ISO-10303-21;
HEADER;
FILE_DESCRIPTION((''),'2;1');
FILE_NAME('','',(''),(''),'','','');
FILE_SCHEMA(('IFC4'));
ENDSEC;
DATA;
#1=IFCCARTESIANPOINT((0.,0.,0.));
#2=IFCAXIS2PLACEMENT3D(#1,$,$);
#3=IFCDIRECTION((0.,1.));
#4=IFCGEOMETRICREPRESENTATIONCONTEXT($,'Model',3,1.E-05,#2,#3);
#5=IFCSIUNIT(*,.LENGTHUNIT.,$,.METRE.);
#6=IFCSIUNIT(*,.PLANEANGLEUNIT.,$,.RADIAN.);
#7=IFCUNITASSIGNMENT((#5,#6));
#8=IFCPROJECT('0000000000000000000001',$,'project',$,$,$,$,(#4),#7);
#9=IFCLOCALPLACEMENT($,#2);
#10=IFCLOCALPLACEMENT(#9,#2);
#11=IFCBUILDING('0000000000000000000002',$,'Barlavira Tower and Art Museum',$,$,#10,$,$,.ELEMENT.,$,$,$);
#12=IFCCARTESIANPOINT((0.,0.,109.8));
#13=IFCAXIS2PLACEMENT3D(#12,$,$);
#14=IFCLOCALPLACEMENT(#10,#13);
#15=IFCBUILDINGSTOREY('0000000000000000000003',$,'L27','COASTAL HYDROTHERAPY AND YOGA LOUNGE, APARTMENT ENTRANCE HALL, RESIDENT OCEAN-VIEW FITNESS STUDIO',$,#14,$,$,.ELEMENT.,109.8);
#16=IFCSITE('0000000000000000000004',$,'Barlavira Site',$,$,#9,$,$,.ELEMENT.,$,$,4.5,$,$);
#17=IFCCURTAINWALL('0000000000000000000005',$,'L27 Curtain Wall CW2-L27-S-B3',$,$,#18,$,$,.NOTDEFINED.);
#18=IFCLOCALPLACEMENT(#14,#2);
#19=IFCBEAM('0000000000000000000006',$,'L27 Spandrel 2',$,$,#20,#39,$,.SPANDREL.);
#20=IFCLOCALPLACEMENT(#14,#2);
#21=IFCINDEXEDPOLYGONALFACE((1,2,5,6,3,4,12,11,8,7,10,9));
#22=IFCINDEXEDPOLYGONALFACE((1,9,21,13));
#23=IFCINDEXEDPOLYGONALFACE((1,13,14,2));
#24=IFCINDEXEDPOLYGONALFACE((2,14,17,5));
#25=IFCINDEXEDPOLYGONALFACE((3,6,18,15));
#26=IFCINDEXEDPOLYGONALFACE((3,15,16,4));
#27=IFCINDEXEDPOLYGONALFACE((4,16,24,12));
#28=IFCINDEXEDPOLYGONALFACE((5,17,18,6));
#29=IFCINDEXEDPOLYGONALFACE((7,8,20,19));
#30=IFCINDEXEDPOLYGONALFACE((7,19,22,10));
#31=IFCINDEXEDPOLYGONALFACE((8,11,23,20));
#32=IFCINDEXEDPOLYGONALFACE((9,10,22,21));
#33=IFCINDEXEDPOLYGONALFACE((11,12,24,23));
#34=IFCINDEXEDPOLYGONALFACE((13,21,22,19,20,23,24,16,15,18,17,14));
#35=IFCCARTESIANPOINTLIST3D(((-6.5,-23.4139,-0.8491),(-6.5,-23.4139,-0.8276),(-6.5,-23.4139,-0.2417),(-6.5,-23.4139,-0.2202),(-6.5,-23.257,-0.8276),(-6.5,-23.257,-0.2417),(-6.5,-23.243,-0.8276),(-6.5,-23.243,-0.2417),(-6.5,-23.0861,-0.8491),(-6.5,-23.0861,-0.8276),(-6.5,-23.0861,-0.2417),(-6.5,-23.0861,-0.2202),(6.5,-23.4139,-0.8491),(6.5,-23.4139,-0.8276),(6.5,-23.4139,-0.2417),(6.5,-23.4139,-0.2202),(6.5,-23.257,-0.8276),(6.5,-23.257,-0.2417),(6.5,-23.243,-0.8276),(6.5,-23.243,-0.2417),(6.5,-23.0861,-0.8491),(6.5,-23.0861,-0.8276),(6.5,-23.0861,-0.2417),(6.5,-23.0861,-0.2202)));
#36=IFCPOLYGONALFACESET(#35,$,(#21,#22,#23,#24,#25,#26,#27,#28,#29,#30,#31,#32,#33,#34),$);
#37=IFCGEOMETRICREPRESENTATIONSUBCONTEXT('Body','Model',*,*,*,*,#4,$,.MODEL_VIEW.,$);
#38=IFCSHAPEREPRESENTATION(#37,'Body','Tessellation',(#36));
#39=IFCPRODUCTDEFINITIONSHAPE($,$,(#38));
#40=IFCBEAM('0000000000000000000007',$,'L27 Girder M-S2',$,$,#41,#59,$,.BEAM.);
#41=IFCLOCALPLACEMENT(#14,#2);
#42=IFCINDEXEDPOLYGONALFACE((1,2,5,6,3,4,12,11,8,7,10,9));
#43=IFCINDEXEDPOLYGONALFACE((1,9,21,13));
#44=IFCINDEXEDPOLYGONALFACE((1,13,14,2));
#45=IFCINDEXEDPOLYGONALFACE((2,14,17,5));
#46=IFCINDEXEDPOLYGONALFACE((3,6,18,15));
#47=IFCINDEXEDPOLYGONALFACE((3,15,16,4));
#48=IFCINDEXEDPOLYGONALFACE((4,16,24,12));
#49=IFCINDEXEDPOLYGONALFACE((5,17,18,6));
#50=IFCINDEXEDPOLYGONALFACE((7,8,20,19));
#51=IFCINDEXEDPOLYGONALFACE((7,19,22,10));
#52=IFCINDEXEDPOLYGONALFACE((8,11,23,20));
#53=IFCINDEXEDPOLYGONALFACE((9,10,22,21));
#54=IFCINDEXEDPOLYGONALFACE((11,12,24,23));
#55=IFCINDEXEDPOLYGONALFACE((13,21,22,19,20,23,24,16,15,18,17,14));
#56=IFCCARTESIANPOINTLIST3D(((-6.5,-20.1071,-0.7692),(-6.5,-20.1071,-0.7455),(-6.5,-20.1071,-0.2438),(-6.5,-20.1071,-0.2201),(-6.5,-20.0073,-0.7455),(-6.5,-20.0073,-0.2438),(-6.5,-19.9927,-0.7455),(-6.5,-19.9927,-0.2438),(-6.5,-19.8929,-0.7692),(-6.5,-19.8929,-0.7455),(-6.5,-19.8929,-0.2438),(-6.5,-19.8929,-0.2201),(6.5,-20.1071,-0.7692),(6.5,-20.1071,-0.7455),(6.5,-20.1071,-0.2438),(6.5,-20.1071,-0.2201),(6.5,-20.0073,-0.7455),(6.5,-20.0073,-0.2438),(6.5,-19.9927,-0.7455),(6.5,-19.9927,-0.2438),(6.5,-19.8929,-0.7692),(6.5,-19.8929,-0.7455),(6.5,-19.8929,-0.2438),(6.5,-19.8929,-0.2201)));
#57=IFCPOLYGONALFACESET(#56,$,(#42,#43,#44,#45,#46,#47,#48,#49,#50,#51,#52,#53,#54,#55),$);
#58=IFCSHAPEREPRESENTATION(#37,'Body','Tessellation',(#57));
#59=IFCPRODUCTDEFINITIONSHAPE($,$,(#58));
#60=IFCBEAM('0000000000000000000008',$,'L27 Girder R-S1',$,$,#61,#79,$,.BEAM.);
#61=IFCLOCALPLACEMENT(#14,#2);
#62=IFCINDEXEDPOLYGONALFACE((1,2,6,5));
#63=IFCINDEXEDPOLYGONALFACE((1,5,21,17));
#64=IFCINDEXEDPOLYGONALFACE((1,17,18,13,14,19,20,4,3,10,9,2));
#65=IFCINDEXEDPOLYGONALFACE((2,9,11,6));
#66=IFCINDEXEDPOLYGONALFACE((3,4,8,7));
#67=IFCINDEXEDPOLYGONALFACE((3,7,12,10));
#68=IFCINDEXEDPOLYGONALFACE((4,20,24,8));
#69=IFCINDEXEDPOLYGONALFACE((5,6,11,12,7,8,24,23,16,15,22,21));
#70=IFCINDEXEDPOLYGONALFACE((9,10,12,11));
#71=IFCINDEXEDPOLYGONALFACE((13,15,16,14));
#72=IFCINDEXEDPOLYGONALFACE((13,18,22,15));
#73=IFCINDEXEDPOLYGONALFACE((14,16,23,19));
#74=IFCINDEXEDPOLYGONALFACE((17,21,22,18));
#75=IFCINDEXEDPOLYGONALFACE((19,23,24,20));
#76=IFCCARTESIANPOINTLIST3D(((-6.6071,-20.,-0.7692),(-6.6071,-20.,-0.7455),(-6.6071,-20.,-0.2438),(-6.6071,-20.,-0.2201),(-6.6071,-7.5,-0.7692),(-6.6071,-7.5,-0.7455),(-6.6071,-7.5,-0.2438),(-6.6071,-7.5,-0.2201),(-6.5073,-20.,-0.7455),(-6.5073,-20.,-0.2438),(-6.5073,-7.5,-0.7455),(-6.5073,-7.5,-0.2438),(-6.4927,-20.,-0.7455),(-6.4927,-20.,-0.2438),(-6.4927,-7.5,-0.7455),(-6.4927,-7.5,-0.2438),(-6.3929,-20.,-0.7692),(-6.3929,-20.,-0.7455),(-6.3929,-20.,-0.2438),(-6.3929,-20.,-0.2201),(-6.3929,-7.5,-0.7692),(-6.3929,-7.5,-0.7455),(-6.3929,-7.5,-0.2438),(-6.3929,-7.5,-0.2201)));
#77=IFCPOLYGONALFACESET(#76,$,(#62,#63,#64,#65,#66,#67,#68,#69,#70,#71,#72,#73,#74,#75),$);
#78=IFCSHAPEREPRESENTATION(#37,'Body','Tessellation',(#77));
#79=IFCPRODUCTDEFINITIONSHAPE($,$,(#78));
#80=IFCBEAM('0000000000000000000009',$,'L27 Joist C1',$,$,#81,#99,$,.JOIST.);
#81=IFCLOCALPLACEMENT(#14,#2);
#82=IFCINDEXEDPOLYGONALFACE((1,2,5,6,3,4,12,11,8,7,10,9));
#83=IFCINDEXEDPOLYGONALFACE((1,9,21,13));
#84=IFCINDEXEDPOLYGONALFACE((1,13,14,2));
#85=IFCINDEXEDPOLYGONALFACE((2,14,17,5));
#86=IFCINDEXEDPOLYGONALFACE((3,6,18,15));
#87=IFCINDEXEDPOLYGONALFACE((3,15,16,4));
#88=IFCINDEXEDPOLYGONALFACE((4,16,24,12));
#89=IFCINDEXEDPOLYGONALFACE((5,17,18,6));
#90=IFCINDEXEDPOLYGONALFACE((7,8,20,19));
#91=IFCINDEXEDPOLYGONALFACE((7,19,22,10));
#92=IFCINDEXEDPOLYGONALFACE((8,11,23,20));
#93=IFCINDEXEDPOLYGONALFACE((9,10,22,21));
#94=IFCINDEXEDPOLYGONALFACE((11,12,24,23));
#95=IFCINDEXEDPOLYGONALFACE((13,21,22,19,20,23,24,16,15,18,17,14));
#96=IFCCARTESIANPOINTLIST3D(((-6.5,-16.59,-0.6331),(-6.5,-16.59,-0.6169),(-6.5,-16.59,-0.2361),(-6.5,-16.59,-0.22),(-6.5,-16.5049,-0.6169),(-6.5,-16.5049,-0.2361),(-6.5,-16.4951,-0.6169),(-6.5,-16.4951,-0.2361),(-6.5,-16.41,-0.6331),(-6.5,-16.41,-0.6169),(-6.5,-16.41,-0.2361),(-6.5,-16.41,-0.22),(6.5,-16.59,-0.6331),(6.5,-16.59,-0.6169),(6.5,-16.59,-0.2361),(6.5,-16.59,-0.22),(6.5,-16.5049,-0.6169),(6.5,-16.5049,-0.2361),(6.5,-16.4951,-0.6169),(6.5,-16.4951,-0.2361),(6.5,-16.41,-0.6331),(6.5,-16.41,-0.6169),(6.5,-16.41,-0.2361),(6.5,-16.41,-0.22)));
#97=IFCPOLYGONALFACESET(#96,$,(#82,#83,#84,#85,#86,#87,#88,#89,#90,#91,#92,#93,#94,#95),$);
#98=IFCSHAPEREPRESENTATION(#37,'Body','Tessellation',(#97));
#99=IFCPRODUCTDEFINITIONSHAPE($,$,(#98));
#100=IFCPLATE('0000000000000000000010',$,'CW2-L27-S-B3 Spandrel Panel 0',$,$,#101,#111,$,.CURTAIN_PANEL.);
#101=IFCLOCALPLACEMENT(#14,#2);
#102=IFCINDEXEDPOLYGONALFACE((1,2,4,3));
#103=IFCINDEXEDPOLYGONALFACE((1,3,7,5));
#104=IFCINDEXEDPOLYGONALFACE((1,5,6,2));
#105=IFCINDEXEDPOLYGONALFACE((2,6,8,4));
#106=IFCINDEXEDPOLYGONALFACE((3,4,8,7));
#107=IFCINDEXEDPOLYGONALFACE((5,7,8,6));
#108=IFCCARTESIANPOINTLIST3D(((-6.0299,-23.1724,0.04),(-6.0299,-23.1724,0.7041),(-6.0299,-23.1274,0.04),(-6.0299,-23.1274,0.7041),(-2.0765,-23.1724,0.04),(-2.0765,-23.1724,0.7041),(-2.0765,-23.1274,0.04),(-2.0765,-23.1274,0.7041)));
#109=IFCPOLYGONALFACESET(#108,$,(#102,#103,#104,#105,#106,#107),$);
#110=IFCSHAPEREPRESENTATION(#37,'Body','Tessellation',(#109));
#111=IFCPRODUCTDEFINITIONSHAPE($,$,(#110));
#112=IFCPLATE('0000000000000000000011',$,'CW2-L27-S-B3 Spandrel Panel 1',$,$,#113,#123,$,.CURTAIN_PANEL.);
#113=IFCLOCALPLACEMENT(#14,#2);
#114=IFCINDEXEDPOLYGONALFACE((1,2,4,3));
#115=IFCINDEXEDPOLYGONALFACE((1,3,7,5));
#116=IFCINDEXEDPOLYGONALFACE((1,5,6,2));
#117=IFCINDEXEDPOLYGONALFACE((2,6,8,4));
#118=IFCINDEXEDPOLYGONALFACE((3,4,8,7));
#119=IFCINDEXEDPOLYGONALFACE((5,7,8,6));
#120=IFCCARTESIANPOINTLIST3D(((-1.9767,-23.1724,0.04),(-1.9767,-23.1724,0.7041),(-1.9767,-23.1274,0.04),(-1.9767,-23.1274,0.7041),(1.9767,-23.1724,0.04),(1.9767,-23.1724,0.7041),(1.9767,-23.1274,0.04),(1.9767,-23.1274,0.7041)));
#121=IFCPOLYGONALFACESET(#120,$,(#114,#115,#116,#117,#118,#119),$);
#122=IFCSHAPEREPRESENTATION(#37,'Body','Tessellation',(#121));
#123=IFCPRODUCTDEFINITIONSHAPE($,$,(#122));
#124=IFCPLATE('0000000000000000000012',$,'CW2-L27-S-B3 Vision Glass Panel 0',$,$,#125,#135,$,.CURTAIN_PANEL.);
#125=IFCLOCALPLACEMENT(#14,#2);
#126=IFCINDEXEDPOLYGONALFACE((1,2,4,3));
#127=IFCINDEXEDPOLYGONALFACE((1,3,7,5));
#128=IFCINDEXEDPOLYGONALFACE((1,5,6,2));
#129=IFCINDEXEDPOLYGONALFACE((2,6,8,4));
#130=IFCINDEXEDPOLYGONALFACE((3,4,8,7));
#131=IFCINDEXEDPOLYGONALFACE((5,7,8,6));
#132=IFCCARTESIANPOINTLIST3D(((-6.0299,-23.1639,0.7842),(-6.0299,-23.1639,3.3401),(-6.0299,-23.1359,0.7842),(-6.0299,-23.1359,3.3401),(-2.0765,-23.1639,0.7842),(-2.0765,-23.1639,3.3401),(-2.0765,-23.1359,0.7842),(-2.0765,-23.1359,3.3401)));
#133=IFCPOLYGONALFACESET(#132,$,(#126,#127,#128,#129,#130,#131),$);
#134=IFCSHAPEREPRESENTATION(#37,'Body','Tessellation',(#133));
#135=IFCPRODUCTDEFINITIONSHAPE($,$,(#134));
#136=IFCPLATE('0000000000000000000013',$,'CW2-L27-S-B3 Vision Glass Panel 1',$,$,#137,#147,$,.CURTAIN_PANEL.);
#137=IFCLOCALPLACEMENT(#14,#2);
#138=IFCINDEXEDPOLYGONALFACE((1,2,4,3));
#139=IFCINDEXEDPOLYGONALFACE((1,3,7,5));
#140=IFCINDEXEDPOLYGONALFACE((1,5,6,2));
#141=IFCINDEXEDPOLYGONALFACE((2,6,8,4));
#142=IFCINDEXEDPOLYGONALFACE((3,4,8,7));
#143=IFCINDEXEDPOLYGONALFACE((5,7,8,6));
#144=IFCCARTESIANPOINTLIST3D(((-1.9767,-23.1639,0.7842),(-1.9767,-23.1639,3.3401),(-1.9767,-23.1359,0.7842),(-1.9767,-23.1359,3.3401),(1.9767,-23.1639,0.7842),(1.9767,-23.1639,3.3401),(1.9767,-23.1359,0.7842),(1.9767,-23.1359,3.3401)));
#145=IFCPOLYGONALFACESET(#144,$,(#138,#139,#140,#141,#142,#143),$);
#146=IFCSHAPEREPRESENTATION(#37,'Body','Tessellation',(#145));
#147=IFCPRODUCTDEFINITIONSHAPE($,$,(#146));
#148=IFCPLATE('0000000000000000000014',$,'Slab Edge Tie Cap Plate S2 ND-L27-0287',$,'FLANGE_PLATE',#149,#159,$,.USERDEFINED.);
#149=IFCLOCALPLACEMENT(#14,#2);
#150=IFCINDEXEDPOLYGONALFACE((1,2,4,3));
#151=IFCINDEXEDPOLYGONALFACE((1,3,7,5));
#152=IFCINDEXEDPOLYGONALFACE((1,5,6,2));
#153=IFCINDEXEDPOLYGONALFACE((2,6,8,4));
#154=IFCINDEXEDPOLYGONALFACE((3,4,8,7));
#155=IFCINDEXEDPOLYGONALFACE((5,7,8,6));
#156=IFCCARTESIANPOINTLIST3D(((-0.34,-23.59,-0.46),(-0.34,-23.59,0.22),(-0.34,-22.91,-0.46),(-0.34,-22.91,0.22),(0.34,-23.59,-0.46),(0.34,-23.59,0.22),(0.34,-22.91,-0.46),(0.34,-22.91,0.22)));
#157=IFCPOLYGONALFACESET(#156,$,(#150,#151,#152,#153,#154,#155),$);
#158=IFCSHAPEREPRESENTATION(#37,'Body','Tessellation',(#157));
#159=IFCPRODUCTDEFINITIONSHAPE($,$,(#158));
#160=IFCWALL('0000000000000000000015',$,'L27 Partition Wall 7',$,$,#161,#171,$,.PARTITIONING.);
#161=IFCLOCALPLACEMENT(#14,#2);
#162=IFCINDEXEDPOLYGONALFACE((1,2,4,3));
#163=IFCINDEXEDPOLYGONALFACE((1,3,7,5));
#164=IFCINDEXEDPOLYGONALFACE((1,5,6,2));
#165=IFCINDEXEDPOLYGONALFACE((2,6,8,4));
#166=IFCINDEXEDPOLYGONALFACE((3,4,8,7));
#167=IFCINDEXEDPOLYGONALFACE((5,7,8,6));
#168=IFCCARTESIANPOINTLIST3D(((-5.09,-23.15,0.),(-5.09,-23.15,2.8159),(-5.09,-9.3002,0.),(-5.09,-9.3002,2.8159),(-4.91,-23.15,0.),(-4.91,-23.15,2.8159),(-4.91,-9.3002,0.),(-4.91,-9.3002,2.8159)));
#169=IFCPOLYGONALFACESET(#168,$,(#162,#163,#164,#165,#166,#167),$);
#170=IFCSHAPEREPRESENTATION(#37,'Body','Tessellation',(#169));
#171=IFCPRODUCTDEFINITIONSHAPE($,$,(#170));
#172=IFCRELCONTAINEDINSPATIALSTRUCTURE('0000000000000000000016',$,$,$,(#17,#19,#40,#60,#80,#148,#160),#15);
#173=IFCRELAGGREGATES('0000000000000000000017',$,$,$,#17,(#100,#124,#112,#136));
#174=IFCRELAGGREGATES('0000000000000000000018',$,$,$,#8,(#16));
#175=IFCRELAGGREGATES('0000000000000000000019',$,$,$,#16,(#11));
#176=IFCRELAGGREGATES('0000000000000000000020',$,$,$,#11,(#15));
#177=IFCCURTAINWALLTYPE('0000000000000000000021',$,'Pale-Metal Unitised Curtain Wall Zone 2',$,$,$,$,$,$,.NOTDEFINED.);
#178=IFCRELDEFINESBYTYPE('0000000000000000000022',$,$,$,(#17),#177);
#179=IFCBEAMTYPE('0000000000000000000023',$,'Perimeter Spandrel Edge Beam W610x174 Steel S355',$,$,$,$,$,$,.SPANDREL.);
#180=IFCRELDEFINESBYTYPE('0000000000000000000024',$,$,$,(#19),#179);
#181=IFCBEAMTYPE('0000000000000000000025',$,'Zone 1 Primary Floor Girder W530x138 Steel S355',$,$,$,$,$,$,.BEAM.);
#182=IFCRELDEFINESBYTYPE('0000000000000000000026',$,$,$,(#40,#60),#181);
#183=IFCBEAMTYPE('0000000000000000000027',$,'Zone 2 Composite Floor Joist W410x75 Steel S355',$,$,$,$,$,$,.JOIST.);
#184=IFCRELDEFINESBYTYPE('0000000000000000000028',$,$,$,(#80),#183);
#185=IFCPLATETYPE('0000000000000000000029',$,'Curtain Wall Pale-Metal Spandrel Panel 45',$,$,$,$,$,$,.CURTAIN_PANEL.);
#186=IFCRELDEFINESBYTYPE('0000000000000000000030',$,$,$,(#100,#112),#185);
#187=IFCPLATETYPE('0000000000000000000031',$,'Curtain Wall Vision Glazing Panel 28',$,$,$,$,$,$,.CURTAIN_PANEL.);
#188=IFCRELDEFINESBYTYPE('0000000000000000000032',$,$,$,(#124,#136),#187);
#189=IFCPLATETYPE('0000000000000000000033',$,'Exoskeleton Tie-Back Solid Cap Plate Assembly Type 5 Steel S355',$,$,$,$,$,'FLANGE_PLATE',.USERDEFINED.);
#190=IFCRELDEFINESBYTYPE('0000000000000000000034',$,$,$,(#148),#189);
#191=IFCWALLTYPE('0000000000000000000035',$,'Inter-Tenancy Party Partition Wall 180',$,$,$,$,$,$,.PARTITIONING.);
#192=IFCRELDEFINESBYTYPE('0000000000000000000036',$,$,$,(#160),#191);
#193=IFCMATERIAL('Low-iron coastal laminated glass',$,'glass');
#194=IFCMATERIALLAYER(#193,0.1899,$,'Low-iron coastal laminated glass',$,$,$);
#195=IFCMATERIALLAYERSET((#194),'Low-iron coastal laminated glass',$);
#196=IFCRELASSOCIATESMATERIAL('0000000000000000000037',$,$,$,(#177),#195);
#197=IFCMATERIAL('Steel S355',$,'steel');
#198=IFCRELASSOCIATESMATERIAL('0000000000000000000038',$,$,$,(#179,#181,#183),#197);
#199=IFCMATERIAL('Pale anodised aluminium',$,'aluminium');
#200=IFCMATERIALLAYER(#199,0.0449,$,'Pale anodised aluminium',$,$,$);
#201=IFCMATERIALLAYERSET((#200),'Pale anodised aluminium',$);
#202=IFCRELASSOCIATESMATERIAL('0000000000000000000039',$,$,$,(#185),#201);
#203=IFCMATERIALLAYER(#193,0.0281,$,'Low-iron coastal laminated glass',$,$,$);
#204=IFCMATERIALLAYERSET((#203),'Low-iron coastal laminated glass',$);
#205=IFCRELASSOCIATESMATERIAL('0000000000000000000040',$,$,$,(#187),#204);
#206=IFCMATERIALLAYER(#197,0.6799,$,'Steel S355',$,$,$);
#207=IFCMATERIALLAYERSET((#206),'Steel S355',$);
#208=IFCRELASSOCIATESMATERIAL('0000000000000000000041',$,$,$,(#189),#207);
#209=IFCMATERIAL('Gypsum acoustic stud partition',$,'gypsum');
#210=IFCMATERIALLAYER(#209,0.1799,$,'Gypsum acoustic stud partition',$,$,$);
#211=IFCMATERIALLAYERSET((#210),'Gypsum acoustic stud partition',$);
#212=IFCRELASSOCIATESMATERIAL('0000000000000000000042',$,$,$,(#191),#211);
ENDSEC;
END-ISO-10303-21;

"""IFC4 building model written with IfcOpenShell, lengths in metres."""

from ifc_helpers import new_model, si_unit, direction, frame, frame_2d, origin, origin_2d, place, context, subcontext, project, spatial, rectangle, i_section, extrude, material, layer, layer_set, material_profile, profile_set, type_object, element, aggregate, save


model = new_model("IFC4")

# Units and contexts
model_context = context("Model", 3, precision=1e-05, world=origin(), true_north=direction((0.0, 1.0)))
body_context = subcontext(model_context, "Body", "Model", "MODEL_VIEW")
ifc_project = project(units=[si_unit("LENGTHUNIT", "METRE"), si_unit("PLANEANGLEUNIT", "RADIAN")], contexts=[model_context])

# Site, building, storey
site_placement = place(None, origin())
site = spatial("IfcSite", under=ifc_project, at=site_placement, Name="Barlavira Site", CompositionType="ELEMENT", RefElevation=4.5)
building_placement = place(site_placement, origin())
building = spatial("IfcBuilding", under=site, at=building_placement, Name="Barlavira Tower and Art Museum", CompositionType="ELEMENT")
storey_placement = place(building_placement, frame((0.0, 0.0, 109.8)))
storey = spatial("IfcBuildingStorey", under=building, at=storey_placement, Name="L27", Description="COASTAL HYDROTHERAPY AND YOGA LOUNGE, APARTMENT ENTRANCE HALL, RESIDENT OCEAN-VIEW FITNESS STUDIO", CompositionType="ELEMENT", Elevation=109.8)

# Curtain wall
ifc_material_1 = material(Name="Low-iron coastal laminated glass", Category="glass")
ifc_layer_1 = layer(ifc_material_1, 0.1899, Name="Low-iron coastal laminated glass")
ifc_layer_set_1 = layer_set([ifc_layer_1], Name="Low-iron coastal laminated glass")
curtain_wall_type = type_object("IfcCurtainWallType", Name="Pale-Metal Unitised Curtain Wall Zone 2", PredefinedType="NOTDEFINED", material=ifc_layer_set_1)
curtain_wall_placement = place(storey_placement, origin())
curtain_wall = element("IfcCurtainWall", 1, at=curtain_wall_placement, inside=storey, type_object=curtain_wall_type, Name="L27 Curtain Wall CW2-L27-S-B3", PredefinedType="NOTDEFINED")
ifc_material_2 = material(Name="Pale anodised aluminium", Category="aluminium")

# Shared definitions
ifc_material_3 = material(Name="Steel S355", Category="steel")

# Beams
ifc_material_profile_1 = material_profile(ifc_material_3, i_section(OverallWidth=0.3279, OverallDepth=0.6289, WebThickness=0.0139, FlangeThickness=0.0215, at=origin_2d()), Name="W610x174.0")
ifc_profile_set_1 = profile_set([ifc_material_profile_1], Name="Steel S355")
beam_type_1 = type_object("IfcBeamType", Name="Perimeter Spandrel Edge Beam W610x174 Steel S355", PredefinedType="SPANDREL", material=ifc_profile_set_1)
beam_1_placement = place(storey_placement, frame((-6.5, -23.25, -0.5347), z_axis=(1.0, 0.0, 0.0), x_axis=(0.0, 1.0, 0.0)))
element("IfcBeam", 2, at=beam_1_placement, inside=storey, type_object=beam_type_1, Name="L27 Spandrel 2", PredefinedType="SPANDREL", context=body_context, shape_type="SweptSolid", body=[
    extrude(i_section(OverallWidth=0.3279, OverallDepth=0.6289, WebThickness=0.0139, FlangeThickness=0.0215, at=origin_2d()), origin(), (0.0, 0.0, 1.0), 13.0),
])
ifc_material_profile_2 = material_profile(ifc_material_3, i_section(OverallWidth=0.2141, OverallDepth=0.5491, WebThickness=0.0146, FlangeThickness=0.0237, at=origin_2d()), Name="W530x138.0")
ifc_profile_set_2 = profile_set([ifc_material_profile_2], Name="Steel S355")
beam_type_2 = type_object("IfcBeamType", Name="Zone 1 Primary Floor Girder W530x138 Steel S355", PredefinedType="BEAM", material=ifc_profile_set_2)
beam_2_placement = place(storey_placement, frame((-6.5, -20.0, -0.4946), z_axis=(1.0, 0.0, 0.0), x_axis=(0.0, 1.0, 0.0)))
element("IfcBeam", 3, at=beam_2_placement, inside=storey, type_object=beam_type_2, Name="L27 Girder M-S2", PredefinedType="BEAM", context=body_context, shape_type="SweptSolid", body=[
    extrude(i_section(OverallWidth=0.2141, OverallDepth=0.5491, WebThickness=0.0146, FlangeThickness=0.0237, at=origin_2d()), origin(), (0.0, 0.0, 1.0), 13.0),
])
beam_3_placement = place(storey_placement, frame((-6.5, -20.0, -0.4946), z_axis=(0.0, 1.0, 0.0), x_axis=(-1.0, 0.0, 0.0)))
element("IfcBeam", 4, at=beam_3_placement, inside=storey, type_object=beam_type_2, Name="L27 Girder R-S1", PredefinedType="BEAM", context=body_context, shape_type="SweptSolid", body=[
    extrude(i_section(OverallWidth=0.2141, OverallDepth=0.5491, WebThickness=0.0146, FlangeThickness=0.0237, at=origin_2d()), origin(), (0.0, 0.0, 1.0), 12.5),
])
ifc_material_profile_3 = material_profile(ifc_material_3, i_section(OverallWidth=0.1799, OverallDepth=0.4131, WebThickness=0.0098, FlangeThickness=0.0161, at=origin_2d()), Name="W410x75.0")
ifc_profile_set_3 = profile_set([ifc_material_profile_3], Name="Steel S355")
beam_type_3 = type_object("IfcBeamType", Name="Zone 2 Composite Floor Joist W410x75 Steel S355", PredefinedType="JOIST", material=ifc_profile_set_3)
beam_4_placement = place(storey_placement, frame((-6.5, -16.5, -0.4265), z_axis=(1.0, 0.0, 0.0), x_axis=(0.0, 1.0, 0.0)))
element("IfcBeam", 5, at=beam_4_placement, inside=storey, type_object=beam_type_3, Name="L27 Joist C1", PredefinedType="JOIST", context=body_context, shape_type="SweptSolid", body=[
    extrude(i_section(OverallWidth=0.1799, OverallDepth=0.4131, WebThickness=0.0098, FlangeThickness=0.0161, at=origin_2d()), origin(), (0.0, 0.0, 1.0), 13.0),
])

# Plates
ifc_layer_2 = layer(ifc_material_2, 0.0449, Name="Pale anodised aluminium")
ifc_layer_set_2 = layer_set([ifc_layer_2], Name="Pale anodised aluminium")
plate_type_1 = type_object("IfcPlateType", Name="Curtain Wall Pale-Metal Spandrel Panel 45", PredefinedType="CURTAIN_PANEL", material=ifc_layer_set_2)
plate_1_placement = place(storey_placement, frame((-4.0532, -23.1499, 0.04), z_axis=(0.0, 0.0, 1.0), x_axis=(1.0, 0.0, 0.0)))
plate_1 = element("IfcPlate", 6, at=plate_1_placement, type_object=plate_type_1, Name="CW2-L27-S-B3 Spandrel Panel 0", PredefinedType="CURTAIN_PANEL", context=body_context, shape_type="SweptSolid", body=[
    extrude(rectangle(XDim=3.9534, YDim=0.0449, at=origin_2d()), origin(), (0.0, 0.0, 1.0), 0.6641),
])
plate_2_placement = place(storey_placement, frame((0.0, -23.1499, 0.04), z_axis=(0.0, 0.0, 1.0), x_axis=(1.0, 0.0, 0.0)))
plate_2 = element("IfcPlate", 7, at=plate_2_placement, type_object=plate_type_1, Name="CW2-L27-S-B3 Spandrel Panel 1", PredefinedType="CURTAIN_PANEL", context=body_context, shape_type="SweptSolid", body=[
    extrude(rectangle(XDim=3.9534, YDim=0.0449, at=origin_2d()), origin(), (0.0, 0.0, 1.0), 0.6641),
])
ifc_layer_3 = layer(ifc_material_1, 0.0281, Name="Low-iron coastal laminated glass")
ifc_layer_set_3 = layer_set([ifc_layer_3], Name="Low-iron coastal laminated glass")
plate_type_2 = type_object("IfcPlateType", Name="Curtain Wall Vision Glazing Panel 28", PredefinedType="CURTAIN_PANEL", material=ifc_layer_set_3)
plate_3_placement = place(storey_placement, frame((-4.0532, -23.1499, 0.7842), z_axis=(0.0, 0.0, 1.0), x_axis=(1.0, 0.0, 0.0)))
plate_3 = element("IfcPlate", 8, at=plate_3_placement, type_object=plate_type_2, Name="CW2-L27-S-B3 Vision Glass Panel 0", PredefinedType="CURTAIN_PANEL", context=body_context, shape_type="SweptSolid", body=[
    extrude(rectangle(XDim=3.9534, YDim=0.0281, at=origin_2d()), origin(), (0.0, 0.0, 1.0), 2.5559),
])
plate_4_placement = place(storey_placement, frame((0.0, -23.1499, 0.7842), z_axis=(0.0, 0.0, 1.0), x_axis=(1.0, 0.0, 0.0)))
plate_4 = element("IfcPlate", 9, at=plate_4_placement, type_object=plate_type_2, Name="CW2-L27-S-B3 Vision Glass Panel 1", PredefinedType="CURTAIN_PANEL", context=body_context, shape_type="SweptSolid", body=[
    extrude(rectangle(XDim=3.9534, YDim=0.0281, at=origin_2d()), origin(), (0.0, 0.0, 1.0), 2.5559),
])
aggregate(curtain_wall, [plate_1, plate_3, plate_2, plate_4])
ifc_layer_4 = layer(ifc_material_3, 0.6799, Name="Steel S355")
ifc_layer_set_4 = layer_set([ifc_layer_4], Name="Steel S355")
plate_type_3 = type_object("IfcPlateType", Name="Exoskeleton Tie-Back Solid Cap Plate Assembly Type 5 Steel S355", ElementType="FLANGE_PLATE", PredefinedType="USERDEFINED", material=ifc_layer_set_4)
plate_5_placement = place(storey_placement, frame((0.0, -23.25, -0.46), z_axis=(0.0, 0.0, 1.0), x_axis=(1.0, 0.0, 0.0)))
element("IfcPlate", 10, at=plate_5_placement, inside=storey, type_object=plate_type_3, Name="Slab Edge Tie Cap Plate S2 ND-L27-0287", ObjectType="FLANGE_PLATE", PredefinedType="USERDEFINED", context=body_context, shape_type="SweptSolid", body=[
    extrude(rectangle(XDim=0.6799, YDim=0.6799, at=origin_2d()), origin(), (0.0, 0.0, 1.0), 0.6799),
])

# Wall
ifc_material_4 = material(Name="Gypsum acoustic stud partition", Category="gypsum")
ifc_layer_5 = layer(ifc_material_4, 0.1799, Name="Gypsum acoustic stud partition")
ifc_layer_set_5 = layer_set([ifc_layer_5], Name="Gypsum acoustic stud partition")
wall_type = type_object("IfcWallType", Name="Inter-Tenancy Party Partition Wall 180", PredefinedType="PARTITIONING", material=ifc_layer_set_5)
wall_placement = place(storey_placement, frame((-5.0, -23.1499, 0.0), z_axis=(0.0, 0.0, 1.0), x_axis=(0.0, 1.0, 0.0)))
element("IfcWall", 11, at=wall_placement, inside=storey, type_object=wall_type, Name="L27 Partition Wall 7", PredefinedType="PARTITIONING", context=body_context, shape_type="SweptSolid", body=[
    extrude(rectangle(XDim=13.8499, YDim=0.1799, at=frame_2d((6.9248, 0.0))), origin(), (0.0, 0.0, 1.0), 2.8159),
])

save(model, "model.ifc")
